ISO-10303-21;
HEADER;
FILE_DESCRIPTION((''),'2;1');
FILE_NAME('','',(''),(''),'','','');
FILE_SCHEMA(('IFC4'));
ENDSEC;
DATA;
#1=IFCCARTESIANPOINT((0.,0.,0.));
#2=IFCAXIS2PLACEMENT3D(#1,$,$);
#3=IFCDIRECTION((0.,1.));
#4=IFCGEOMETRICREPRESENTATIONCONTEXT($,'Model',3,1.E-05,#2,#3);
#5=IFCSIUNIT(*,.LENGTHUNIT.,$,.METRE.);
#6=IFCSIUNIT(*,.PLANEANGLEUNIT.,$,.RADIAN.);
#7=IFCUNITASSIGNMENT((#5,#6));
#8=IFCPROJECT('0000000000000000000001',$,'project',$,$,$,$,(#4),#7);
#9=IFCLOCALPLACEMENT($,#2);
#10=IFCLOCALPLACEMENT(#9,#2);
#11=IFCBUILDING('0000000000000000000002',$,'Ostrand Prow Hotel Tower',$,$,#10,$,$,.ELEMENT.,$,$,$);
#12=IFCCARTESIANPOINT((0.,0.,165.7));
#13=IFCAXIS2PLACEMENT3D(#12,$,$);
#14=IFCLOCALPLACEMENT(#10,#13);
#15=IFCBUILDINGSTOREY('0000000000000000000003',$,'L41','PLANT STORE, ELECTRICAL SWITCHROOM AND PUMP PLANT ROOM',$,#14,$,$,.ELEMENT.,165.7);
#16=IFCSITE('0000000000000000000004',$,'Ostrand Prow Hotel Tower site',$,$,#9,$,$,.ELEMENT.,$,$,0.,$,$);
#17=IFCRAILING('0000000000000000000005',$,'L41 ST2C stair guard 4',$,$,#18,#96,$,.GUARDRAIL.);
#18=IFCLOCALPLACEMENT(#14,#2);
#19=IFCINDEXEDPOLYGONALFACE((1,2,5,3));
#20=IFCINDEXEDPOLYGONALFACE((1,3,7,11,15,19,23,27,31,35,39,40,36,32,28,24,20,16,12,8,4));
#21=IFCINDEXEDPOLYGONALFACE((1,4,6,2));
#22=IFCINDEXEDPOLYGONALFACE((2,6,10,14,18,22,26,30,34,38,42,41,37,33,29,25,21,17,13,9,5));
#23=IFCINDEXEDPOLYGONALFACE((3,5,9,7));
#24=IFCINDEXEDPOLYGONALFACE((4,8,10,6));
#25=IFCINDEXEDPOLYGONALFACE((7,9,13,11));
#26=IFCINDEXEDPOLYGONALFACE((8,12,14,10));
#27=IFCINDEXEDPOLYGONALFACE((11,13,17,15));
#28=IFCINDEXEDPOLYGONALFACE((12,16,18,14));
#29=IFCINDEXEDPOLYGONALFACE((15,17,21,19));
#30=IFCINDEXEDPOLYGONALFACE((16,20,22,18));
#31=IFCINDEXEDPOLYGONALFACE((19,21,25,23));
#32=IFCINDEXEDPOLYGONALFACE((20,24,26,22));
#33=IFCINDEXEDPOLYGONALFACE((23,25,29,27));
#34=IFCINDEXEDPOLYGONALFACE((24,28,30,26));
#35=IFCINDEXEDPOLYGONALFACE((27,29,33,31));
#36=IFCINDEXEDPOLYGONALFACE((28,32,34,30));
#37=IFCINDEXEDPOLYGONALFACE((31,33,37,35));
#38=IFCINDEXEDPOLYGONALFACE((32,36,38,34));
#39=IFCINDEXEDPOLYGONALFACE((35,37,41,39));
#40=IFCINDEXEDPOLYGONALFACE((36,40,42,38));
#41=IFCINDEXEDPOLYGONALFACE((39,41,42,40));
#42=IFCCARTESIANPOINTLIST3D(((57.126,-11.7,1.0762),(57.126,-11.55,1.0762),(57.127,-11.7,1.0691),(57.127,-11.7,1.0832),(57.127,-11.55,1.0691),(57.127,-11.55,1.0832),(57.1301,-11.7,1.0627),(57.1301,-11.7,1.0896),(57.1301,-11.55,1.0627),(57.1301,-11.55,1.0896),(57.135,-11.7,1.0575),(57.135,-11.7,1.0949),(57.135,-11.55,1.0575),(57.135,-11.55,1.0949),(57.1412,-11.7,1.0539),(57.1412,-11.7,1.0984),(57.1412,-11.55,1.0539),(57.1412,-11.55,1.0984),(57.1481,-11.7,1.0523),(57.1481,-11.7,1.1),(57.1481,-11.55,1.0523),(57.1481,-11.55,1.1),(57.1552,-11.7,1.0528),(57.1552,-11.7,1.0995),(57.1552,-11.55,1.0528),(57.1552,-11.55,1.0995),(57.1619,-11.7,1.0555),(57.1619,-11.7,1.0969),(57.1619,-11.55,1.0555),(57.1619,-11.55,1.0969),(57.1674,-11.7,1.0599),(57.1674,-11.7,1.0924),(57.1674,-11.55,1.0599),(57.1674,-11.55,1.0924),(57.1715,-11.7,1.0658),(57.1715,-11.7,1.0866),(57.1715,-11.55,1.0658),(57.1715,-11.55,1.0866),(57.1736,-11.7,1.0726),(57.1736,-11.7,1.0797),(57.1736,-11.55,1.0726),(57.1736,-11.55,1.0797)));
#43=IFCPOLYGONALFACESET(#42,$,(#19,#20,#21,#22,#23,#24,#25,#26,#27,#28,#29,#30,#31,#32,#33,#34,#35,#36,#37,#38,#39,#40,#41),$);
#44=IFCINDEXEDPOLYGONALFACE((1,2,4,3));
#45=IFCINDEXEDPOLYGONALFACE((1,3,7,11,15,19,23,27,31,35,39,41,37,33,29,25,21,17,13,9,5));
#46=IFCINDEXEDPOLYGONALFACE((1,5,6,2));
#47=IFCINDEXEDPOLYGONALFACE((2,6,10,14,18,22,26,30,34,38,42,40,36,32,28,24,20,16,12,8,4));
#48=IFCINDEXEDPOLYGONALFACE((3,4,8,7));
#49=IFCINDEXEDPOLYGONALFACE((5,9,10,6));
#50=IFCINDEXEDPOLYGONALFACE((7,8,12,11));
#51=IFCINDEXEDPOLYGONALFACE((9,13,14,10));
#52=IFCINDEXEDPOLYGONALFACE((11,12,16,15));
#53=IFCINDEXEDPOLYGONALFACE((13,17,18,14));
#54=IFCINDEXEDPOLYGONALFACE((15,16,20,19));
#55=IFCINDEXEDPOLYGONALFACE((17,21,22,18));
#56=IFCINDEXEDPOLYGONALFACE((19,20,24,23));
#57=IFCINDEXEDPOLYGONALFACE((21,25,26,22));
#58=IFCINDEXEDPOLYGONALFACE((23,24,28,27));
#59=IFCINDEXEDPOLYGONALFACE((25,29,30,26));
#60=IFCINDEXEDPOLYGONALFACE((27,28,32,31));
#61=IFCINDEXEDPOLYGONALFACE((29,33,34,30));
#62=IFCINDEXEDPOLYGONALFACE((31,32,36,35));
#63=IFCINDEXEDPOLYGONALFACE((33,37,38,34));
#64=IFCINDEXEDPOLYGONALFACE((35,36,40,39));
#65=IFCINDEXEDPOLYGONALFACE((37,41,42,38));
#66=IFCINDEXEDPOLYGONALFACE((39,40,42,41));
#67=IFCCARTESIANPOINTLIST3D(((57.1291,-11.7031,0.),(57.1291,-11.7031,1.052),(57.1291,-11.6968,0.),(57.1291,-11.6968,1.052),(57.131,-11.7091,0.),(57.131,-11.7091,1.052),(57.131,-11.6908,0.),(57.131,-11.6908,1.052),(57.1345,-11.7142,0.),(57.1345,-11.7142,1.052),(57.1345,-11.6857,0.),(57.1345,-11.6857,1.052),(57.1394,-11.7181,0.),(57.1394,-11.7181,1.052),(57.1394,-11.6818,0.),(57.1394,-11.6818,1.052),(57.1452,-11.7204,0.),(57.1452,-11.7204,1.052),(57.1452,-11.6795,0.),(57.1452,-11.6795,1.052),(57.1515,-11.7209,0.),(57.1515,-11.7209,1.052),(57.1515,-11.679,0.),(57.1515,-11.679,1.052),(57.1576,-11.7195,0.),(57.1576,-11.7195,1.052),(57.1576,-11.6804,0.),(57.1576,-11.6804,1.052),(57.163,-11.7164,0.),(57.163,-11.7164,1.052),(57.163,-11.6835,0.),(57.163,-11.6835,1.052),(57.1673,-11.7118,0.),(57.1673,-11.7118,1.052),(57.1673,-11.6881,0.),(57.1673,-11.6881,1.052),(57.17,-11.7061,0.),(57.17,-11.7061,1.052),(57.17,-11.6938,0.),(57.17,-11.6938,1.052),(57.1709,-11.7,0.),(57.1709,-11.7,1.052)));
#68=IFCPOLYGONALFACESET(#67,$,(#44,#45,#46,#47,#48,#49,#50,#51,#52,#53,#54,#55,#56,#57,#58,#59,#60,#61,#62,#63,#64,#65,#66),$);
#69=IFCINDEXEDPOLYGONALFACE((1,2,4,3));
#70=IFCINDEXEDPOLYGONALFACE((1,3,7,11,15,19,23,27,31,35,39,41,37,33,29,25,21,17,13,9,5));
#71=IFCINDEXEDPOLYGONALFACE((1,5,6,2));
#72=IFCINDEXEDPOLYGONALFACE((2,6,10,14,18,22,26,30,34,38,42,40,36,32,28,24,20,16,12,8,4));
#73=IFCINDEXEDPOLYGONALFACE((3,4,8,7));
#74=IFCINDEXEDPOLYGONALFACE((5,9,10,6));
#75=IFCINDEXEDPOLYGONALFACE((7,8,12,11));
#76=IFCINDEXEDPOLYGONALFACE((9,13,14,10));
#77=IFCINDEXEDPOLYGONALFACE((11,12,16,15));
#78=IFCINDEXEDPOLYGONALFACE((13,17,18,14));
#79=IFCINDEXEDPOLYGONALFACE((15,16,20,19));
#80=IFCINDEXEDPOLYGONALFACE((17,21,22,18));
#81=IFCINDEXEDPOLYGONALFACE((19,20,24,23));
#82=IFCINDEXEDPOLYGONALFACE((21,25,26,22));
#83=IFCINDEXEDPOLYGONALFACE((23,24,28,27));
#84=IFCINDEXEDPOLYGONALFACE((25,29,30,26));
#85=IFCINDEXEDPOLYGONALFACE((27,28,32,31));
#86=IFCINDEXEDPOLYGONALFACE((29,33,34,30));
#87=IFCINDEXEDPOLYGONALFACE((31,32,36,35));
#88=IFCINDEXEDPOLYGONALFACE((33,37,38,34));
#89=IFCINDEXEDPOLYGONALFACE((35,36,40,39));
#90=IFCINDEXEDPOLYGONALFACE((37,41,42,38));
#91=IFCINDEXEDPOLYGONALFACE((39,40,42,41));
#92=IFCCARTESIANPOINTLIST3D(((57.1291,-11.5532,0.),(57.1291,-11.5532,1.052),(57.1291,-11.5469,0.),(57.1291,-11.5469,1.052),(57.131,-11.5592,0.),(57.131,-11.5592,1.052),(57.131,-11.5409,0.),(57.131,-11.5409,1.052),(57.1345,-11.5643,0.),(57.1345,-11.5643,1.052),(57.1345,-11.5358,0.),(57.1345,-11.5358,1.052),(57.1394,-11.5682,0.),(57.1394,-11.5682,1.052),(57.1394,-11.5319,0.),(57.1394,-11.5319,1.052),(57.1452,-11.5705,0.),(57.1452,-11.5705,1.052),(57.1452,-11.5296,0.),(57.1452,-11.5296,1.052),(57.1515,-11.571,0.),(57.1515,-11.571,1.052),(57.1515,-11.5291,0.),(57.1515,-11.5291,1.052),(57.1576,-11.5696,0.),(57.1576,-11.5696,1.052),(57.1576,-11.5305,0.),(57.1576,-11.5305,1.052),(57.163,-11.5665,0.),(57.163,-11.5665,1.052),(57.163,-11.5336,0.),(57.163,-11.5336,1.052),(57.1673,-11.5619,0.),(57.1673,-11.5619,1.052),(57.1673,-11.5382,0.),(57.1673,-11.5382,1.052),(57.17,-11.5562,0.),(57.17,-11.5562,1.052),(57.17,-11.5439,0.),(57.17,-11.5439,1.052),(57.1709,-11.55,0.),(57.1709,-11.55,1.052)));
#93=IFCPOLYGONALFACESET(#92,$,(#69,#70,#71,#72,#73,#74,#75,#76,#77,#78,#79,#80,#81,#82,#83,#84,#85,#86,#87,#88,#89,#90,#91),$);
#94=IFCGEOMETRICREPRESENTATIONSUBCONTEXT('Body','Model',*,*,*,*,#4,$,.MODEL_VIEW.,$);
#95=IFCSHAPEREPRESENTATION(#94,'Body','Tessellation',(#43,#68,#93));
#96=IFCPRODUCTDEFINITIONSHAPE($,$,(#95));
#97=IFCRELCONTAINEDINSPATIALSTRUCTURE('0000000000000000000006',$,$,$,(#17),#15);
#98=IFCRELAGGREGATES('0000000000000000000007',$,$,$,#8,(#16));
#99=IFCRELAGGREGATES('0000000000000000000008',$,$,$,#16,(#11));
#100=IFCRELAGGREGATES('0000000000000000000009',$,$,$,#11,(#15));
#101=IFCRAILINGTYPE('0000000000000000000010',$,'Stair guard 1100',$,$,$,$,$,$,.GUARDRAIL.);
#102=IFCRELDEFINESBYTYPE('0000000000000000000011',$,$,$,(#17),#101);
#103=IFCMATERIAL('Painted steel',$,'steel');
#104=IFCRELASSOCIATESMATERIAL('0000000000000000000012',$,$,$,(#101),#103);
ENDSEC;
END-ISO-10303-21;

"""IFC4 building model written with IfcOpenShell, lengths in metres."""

from ifc_helpers import new_model, si_unit, direction, frame, origin, origin_2d, place, context, subcontext, project, spatial, circle, extrude, material, type_object, element, save


model = new_model("IFC4")

# Units and contexts
model_context = context("Model", 3, precision=1e-05, world=origin(), true_north=direction((0.0, 1.0)))
body_context = subcontext(model_context, "Body", "Model", "MODEL_VIEW")
ifc_project = project(units=[si_unit("LENGTHUNIT", "METRE"), si_unit("PLANEANGLEUNIT", "RADIAN")], contexts=[model_context])

# Site, building, storey
site_placement = place(None, origin())
site = spatial("IfcSite", under=ifc_project, at=site_placement, Name="Ostrand Prow Hotel Tower site", CompositionType="ELEMENT", RefElevation=0.0)
building_placement = place(site_placement, origin())
building = spatial("IfcBuilding", under=site, at=building_placement, Name="Ostrand Prow Hotel Tower", CompositionType="ELEMENT")
storey_placement = place(building_placement, frame((0.0, 0.0, 165.7)))
storey = spatial("IfcBuildingStorey", under=building, at=storey_placement, Name="L41", Description="PLANT STORE, ELECTRICAL SWITCHROOM AND PUMP PLANT ROOM", CompositionType="ELEMENT", Elevation=165.7)

# Railing
ifc_material_1 = material(Name="Painted steel", Category="steel")
railing_type_1 = type_object("IfcRailingType", Name="Stair guard 1100", PredefinedType="GUARDRAIL", material=ifc_material_1)
railing_1_placement = place(storey_placement, frame((57.1499, -11.7, 0.0)))
element("IfcRailing", 1, at=railing_1_placement, inside=storey, type_object=railing_type_1, Name="L41 ST2C stair guard 4", PredefinedType="GUARDRAIL", context=body_context, shape_type="SweptSolid", body=[
    extrude(circle(Radius=0.0239, at=origin_2d()), frame((0.0, 0.0, 1.0762), z_axis=(0.0, 1.0, 0.0), x_axis=(-1.0, 0.0, 0.0)), (0.0, 0.0, 1.0), 0.1499),
    extrude(circle(Radius=0.021, at=origin_2d()), origin(), (0.0, 0.0, 1.0), 1.052),
    extrude(circle(Radius=0.021, at=origin_2d()), frame((0.0, 0.1499, 0.0)), (0.0, 0.0, 1.0), 1.052),
])

save(model, "model.ifc")
